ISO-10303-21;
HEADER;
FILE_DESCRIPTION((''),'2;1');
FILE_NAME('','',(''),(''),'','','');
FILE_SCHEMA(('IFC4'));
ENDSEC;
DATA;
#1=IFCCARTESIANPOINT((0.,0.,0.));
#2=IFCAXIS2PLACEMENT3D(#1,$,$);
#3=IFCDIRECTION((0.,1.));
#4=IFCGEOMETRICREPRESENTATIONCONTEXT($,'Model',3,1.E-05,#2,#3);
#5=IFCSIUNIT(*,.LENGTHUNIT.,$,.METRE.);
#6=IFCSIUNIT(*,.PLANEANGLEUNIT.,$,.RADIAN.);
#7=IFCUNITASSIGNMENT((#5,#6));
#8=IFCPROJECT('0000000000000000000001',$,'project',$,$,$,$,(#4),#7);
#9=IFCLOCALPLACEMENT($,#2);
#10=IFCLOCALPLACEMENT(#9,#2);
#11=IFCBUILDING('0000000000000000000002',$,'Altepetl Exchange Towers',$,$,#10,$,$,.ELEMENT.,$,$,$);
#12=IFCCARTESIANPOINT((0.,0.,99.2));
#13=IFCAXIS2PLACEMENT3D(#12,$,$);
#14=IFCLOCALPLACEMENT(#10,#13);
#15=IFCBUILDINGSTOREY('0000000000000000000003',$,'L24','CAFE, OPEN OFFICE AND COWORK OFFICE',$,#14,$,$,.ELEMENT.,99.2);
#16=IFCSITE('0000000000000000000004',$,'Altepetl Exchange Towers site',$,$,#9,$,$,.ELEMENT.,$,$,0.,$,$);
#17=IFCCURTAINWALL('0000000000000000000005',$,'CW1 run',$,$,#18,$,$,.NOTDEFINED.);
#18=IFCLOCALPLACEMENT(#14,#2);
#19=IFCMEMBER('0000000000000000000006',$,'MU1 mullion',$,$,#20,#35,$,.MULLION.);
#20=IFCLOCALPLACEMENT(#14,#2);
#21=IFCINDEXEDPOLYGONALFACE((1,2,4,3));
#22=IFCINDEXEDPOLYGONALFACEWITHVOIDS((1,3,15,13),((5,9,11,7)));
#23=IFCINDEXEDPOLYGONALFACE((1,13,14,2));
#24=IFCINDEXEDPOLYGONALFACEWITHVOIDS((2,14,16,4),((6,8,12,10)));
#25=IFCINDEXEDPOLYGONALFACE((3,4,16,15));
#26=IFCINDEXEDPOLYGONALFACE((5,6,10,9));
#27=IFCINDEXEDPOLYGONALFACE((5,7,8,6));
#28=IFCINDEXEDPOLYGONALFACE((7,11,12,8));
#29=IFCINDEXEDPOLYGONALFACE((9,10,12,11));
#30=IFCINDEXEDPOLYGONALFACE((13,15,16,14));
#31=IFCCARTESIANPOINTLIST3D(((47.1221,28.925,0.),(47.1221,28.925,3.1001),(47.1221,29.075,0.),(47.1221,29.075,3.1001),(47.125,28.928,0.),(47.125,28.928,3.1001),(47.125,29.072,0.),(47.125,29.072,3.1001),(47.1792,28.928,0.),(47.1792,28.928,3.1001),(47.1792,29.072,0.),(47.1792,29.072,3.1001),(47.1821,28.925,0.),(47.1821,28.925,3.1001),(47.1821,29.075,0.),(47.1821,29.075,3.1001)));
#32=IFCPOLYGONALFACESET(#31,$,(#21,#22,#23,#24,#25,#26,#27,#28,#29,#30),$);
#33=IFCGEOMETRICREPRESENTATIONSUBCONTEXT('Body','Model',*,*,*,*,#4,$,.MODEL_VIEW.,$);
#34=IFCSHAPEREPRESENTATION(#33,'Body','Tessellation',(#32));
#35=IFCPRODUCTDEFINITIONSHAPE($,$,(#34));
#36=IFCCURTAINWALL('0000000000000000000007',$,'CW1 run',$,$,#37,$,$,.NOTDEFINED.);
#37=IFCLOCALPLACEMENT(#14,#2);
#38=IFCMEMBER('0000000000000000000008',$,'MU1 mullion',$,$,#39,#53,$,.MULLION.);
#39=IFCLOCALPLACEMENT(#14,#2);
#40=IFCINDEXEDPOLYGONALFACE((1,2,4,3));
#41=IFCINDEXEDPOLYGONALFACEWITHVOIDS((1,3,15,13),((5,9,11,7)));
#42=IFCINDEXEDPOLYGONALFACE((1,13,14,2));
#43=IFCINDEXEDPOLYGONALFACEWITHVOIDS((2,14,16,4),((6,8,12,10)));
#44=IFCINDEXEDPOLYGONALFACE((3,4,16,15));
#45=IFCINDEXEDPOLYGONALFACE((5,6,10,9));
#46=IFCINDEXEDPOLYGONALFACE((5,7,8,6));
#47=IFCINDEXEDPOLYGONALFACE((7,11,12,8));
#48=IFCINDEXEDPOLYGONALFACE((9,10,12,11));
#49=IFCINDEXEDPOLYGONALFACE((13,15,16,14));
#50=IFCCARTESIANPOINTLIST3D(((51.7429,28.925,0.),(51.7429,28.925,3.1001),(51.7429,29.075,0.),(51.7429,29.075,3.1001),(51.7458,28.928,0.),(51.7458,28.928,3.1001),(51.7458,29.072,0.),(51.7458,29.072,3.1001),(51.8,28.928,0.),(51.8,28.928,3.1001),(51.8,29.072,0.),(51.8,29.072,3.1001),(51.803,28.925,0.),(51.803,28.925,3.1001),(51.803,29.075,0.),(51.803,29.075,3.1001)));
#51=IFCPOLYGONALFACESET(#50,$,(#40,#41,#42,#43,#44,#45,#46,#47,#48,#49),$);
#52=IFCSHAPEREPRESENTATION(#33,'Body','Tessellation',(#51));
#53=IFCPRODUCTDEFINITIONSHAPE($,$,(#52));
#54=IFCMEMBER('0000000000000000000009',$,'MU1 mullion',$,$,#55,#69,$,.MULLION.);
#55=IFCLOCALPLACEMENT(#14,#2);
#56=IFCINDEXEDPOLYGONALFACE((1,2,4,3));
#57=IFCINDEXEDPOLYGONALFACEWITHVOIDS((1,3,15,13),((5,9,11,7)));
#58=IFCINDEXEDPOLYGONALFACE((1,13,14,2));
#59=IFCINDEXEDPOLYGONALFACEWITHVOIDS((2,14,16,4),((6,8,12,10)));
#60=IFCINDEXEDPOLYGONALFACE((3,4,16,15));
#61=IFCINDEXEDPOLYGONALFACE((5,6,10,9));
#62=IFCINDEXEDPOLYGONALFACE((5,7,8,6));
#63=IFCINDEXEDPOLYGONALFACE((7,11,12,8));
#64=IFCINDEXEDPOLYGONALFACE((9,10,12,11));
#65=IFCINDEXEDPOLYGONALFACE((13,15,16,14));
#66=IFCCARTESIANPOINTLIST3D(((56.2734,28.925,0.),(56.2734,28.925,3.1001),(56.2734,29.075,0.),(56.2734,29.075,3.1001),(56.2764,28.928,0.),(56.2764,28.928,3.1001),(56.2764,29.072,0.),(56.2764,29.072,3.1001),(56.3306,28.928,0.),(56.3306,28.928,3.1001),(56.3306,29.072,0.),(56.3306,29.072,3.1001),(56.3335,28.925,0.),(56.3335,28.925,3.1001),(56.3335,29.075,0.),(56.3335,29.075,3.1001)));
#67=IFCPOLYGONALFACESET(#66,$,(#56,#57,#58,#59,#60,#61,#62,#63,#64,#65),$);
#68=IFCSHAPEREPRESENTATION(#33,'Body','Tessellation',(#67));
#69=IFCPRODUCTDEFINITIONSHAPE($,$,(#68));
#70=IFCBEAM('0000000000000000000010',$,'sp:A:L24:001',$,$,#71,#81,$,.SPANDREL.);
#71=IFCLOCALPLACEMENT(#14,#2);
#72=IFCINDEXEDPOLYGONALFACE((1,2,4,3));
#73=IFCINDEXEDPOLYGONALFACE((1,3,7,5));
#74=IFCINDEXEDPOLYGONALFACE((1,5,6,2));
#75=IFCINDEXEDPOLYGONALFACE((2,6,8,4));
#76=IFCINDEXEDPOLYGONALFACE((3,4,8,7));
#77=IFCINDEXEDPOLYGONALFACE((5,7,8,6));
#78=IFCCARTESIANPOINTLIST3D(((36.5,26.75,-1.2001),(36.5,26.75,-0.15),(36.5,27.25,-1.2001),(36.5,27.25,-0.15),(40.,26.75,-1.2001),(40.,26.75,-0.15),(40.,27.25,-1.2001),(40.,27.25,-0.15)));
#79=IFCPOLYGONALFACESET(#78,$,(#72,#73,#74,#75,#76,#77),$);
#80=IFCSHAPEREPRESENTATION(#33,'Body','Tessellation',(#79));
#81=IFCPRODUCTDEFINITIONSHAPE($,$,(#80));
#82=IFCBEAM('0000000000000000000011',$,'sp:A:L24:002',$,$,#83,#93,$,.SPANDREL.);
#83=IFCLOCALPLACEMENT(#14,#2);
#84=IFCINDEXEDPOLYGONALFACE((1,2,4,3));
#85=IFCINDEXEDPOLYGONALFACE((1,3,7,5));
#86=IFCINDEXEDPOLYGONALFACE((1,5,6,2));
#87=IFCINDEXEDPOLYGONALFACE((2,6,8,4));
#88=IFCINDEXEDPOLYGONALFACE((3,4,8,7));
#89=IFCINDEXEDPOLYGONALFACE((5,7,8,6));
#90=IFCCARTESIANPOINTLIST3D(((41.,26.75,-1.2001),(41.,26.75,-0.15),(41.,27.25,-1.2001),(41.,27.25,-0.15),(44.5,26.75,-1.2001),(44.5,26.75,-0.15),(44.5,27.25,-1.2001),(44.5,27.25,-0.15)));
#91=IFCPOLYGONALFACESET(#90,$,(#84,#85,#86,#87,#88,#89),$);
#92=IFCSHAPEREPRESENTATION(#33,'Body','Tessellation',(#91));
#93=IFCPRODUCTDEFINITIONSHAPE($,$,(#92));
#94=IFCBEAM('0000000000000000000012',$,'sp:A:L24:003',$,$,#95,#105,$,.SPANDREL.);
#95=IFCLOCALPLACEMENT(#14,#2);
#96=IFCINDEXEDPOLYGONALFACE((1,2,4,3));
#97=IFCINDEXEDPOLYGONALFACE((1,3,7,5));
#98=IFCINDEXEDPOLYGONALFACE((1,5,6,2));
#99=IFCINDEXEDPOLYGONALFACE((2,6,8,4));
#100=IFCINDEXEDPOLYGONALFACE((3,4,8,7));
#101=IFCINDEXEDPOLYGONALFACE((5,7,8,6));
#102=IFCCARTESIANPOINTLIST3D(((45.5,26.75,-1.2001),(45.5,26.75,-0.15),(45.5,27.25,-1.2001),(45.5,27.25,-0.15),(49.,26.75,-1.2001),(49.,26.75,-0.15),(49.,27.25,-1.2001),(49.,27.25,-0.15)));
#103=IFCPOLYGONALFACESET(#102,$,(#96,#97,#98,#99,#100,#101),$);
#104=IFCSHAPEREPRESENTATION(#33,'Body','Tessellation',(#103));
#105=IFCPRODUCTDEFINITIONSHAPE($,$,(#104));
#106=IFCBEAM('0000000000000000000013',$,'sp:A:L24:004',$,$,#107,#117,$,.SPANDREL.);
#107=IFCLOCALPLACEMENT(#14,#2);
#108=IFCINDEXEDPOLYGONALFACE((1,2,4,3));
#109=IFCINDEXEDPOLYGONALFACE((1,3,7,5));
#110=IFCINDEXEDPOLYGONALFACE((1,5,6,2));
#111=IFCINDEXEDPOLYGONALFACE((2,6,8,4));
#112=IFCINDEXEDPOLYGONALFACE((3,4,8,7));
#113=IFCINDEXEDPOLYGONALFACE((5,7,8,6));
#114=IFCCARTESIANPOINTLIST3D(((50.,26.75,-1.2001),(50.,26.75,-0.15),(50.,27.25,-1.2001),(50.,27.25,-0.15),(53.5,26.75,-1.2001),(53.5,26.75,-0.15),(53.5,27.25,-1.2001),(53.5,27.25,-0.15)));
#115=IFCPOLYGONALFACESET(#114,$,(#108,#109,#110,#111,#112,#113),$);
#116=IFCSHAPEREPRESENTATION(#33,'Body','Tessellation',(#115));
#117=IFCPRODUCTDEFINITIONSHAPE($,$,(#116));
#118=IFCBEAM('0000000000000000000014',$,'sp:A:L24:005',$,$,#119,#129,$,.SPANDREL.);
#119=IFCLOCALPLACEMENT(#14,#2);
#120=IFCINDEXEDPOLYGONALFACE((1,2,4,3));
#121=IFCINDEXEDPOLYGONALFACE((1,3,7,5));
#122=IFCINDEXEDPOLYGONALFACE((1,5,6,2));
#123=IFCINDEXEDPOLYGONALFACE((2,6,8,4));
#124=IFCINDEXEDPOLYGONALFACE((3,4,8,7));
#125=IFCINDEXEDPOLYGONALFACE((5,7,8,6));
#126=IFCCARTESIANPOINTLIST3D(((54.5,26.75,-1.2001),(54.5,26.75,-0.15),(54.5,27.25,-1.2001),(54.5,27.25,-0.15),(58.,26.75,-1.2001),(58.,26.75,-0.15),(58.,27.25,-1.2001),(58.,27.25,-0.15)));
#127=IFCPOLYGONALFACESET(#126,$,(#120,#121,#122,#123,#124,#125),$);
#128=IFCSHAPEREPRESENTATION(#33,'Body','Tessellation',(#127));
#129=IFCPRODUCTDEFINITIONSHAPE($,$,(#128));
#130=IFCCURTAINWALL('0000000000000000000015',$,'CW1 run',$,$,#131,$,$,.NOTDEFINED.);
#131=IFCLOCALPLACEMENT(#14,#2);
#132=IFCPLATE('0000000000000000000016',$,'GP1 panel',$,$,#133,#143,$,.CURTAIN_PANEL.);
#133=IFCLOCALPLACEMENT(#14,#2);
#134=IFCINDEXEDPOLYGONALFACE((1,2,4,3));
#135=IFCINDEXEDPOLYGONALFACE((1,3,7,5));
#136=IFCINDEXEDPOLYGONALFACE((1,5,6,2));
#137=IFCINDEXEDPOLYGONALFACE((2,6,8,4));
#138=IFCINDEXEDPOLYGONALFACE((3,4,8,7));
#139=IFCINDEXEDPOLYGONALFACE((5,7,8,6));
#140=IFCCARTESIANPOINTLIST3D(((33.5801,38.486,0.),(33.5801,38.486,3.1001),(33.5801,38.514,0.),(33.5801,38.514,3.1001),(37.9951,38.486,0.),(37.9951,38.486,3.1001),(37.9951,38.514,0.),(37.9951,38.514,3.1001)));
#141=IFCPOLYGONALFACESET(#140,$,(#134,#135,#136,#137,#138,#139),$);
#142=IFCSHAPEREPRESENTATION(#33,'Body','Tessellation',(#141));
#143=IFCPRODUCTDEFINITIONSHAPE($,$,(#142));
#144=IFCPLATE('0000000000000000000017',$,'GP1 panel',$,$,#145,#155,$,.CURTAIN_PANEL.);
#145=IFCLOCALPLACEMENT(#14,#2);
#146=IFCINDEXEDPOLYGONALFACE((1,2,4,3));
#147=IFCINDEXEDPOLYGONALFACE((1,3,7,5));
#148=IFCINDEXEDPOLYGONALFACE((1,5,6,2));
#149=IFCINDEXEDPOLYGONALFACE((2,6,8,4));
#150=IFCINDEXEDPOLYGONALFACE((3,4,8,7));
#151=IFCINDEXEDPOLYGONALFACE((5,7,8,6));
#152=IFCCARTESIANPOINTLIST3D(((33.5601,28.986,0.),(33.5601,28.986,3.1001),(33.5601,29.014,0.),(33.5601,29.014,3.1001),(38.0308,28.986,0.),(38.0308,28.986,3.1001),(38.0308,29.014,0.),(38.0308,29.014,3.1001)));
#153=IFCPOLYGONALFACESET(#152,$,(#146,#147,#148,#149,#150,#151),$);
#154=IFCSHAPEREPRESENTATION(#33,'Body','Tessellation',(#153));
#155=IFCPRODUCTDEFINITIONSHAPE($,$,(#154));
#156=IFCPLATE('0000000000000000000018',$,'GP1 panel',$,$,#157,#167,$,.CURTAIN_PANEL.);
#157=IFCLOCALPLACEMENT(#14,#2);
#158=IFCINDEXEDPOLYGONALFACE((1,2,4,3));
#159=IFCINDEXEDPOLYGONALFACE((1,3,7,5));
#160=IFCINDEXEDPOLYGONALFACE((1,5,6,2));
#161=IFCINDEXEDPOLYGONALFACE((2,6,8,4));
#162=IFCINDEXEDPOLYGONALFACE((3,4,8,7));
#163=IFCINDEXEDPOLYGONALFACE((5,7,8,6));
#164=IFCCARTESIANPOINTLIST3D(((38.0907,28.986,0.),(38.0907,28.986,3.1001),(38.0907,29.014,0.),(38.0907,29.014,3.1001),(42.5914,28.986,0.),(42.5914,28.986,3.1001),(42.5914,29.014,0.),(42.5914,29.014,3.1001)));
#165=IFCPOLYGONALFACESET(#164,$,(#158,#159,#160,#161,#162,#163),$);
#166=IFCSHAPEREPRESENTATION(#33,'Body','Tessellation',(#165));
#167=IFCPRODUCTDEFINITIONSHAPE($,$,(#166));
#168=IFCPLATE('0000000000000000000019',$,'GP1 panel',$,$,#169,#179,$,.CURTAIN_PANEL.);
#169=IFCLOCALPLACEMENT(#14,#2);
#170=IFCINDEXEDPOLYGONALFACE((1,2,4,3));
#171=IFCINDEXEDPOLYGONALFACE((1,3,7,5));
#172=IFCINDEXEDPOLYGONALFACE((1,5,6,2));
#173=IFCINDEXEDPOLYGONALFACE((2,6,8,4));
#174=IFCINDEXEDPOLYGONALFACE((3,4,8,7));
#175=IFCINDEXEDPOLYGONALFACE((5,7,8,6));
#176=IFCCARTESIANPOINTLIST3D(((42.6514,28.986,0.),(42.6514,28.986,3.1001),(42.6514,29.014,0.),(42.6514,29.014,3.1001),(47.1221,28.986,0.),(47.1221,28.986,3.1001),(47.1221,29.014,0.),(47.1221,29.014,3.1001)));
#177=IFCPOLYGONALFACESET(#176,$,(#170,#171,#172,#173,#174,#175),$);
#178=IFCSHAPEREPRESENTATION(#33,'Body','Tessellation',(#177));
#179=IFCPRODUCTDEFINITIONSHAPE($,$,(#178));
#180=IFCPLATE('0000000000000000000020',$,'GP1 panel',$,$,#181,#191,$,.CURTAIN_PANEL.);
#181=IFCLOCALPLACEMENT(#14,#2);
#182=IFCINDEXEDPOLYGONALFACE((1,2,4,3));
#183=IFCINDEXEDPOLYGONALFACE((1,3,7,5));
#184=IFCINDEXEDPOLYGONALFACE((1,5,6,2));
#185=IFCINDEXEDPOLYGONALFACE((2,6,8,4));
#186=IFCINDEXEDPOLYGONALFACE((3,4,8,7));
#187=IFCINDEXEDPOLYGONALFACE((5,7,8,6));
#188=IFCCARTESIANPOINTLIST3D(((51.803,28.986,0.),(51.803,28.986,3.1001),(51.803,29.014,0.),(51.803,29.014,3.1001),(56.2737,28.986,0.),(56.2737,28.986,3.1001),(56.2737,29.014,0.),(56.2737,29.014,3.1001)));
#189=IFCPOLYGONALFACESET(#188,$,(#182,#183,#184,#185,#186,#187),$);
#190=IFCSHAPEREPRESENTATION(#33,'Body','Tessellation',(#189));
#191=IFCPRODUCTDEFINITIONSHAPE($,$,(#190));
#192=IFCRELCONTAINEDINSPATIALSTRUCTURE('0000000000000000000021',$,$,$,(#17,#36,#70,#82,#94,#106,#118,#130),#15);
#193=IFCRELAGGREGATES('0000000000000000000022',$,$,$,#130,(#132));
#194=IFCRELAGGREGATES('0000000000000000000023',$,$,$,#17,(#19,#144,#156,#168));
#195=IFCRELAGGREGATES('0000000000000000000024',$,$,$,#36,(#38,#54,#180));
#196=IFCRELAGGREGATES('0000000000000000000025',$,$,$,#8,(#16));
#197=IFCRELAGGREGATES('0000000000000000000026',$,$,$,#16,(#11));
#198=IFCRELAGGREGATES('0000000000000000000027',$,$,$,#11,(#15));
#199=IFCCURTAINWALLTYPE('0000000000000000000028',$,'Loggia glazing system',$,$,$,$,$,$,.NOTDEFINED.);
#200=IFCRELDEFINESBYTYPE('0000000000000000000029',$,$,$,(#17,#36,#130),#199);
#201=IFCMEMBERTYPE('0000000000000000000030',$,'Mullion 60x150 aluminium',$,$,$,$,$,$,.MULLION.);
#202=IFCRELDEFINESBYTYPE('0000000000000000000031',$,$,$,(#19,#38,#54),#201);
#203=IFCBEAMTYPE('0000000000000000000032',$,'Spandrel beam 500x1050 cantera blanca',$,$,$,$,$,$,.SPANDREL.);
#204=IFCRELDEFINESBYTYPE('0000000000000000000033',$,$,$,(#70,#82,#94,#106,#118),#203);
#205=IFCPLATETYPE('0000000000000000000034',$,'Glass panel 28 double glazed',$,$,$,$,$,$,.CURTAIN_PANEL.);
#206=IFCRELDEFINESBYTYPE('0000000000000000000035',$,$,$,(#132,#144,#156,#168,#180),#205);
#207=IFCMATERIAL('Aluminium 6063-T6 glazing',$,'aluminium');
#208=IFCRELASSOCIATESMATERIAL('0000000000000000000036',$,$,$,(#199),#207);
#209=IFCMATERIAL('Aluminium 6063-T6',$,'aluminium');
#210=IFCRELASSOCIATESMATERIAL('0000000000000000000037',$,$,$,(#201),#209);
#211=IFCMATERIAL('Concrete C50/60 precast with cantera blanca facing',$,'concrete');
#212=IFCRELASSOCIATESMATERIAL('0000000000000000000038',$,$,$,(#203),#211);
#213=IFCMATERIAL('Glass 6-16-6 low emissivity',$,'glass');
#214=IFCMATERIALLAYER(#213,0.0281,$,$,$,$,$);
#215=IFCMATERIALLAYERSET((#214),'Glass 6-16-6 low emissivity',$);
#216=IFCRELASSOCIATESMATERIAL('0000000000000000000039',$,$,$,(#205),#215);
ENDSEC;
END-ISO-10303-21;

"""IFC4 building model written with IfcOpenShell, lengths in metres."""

from ifc_helpers import new_model, si_unit, direction, frame, origin, origin_2d, place, context, subcontext, project, spatial, rectangle, hollow_rectangle, extrude, material, layer, layer_set, material_profile, profile_set, type_object, element, aggregate, save


model = new_model("IFC4")

# Units and contexts
model_context = context("Model", 3, precision=1e-05, world=origin(), true_north=direction((0.0, 1.0)))
body_context = subcontext(model_context, "Body", "Model", "MODEL_VIEW")
ifc_project = project(units=[si_unit("LENGTHUNIT", "METRE"), si_unit("PLANEANGLEUNIT", "RADIAN")], contexts=[model_context])

# Site, building, storey
site_placement = place(None, origin())
site = spatial("IfcSite", under=ifc_project, at=site_placement, Name="Altepetl Exchange Towers site", CompositionType="ELEMENT", RefElevation=0.0)
building_placement = place(site_placement, origin())
building = spatial("IfcBuilding", under=site, at=building_placement, Name="Altepetl Exchange Towers", CompositionType="ELEMENT")
storey_placement = place(building_placement, frame((0.0, 0.0, 99.2)))
storey = spatial("IfcBuildingStorey", under=building, at=storey_placement, Name="L24", Description="CAFE, OPEN OFFICE AND COWORK OFFICE", CompositionType="ELEMENT", Elevation=99.2)

# Curtain walls, members
ifc_material_1 = material(Name="Aluminium 6063-T6 glazing", Category="aluminium")
curtain_wall_type = type_object("IfcCurtainWallType", Name="Loggia glazing system", PredefinedType="NOTDEFINED", material=ifc_material_1)
curtain_wall_1_placement = place(storey_placement, origin())
curtain_wall_1 = element("IfcCurtainWall", 1, at=curtain_wall_1_placement, inside=storey, type_object=curtain_wall_type, Name="CW1 run", PredefinedType="NOTDEFINED")
ifc_material_2 = material(Name="Aluminium 6063-T6", Category="aluminium")
ifc_material_profile_1 = material_profile(ifc_material_2, hollow_rectangle(XDim=0.0601, YDim=0.1499, WallThickness=0.0029, at=origin_2d()), Name="Mullion 60x150 aluminium")
ifc_profile_set_1 = profile_set([ifc_material_profile_1], Name="Aluminium 6063-T6")
member_type = type_object("IfcMemberType", Name="Mullion 60x150 aluminium", PredefinedType="MULLION", material=ifc_profile_set_1)
member_1_placement = place(storey_placement, frame((47.1521, 29.0, 0.0)))
member_1 = element("IfcMember", 2, at=member_1_placement, type_object=member_type, Name="MU1 mullion", PredefinedType="MULLION", context=body_context, shape_type="SweptSolid", body=[
    extrude(hollow_rectangle(XDim=0.0601, YDim=0.1499, WallThickness=0.0029, at=origin_2d()), origin(), (0.0, 0.0, 1.0), 3.1001),
])
curtain_wall_2_placement = place(storey_placement, origin())
curtain_wall_2 = element("IfcCurtainWall", 3, at=curtain_wall_2_placement, inside=storey, type_object=curtain_wall_type, Name="CW1 run", PredefinedType="NOTDEFINED")
member_2_placement = place(storey_placement, frame((51.7729, 29.0, 0.0)))
member_2 = element("IfcMember", 4, at=member_2_placement, type_object=member_type, Name="MU1 mullion", PredefinedType="MULLION", context=body_context, shape_type="SweptSolid", body=[
    extrude(hollow_rectangle(XDim=0.0601, YDim=0.1499, WallThickness=0.0029, at=origin_2d()), origin(), (0.0, 0.0, 1.0), 3.1001),
])
member_3_placement = place(storey_placement, frame((56.3035, 29.0, 0.0)))
member_3 = element("IfcMember", 5, at=member_3_placement, type_object=member_type, Name="MU1 mullion", PredefinedType="MULLION", context=body_context, shape_type="SweptSolid", body=[
    extrude(hollow_rectangle(XDim=0.0601, YDim=0.1499, WallThickness=0.0029, at=origin_2d()), origin(), (0.0, 0.0, 1.0), 3.1001),
])

# Beams
ifc_material_3 = material(Name="Concrete C50/60 precast with cantera blanca facing", Category="concrete")
ifc_material_profile_2 = material_profile(ifc_material_3, rectangle(XDim=0.5, YDim=1.05, at=origin_2d()), Name="500 x 1050")
ifc_profile_set_2 = profile_set([ifc_material_profile_2], Name="Concrete C50/60 precast with cantera blanca facing")
beam_type_1 = type_object("IfcBeamType", Name="Spandrel beam 500x1050 cantera blanca", PredefinedType="SPANDREL", material=ifc_profile_set_2)
for number, where, z_axis, x_axis, name in (
    (6, (36.5, 27.0, -0.675), (1.0, 0.0, 0.0), (0.0, 1.0, 0.0), "sp:A:L24:001"),
    (7, (41.0, 27.0, -0.675), (1.0, 0.0, 0.0), (0.0, 1.0, 0.0), "sp:A:L24:002"),
    (8, (45.5, 27.0, -0.675), (1.0, 0.0, 0.0), (0.0, 1.0, 0.0), "sp:A:L24:003"),
    (9, (50.0, 27.0, -0.675), (1.0, 0.0, 0.0), (0.0, 1.0, 0.0), "sp:A:L24:004"),
    (10, (54.5, 27.0, -0.675), (1.0, 0.0, 0.0), (0.0, 1.0, 0.0), "sp:A:L24:005"),
):
    element("IfcBeam", number, at=place(storey_placement, frame(where, z_axis=z_axis, x_axis=x_axis)), inside=storey, type_object=beam_type_1, Name=name, PredefinedType="SPANDREL", context=body_context, shape_type="SweptSolid", body=[
        extrude(rectangle(XDim=0.5, YDim=1.05, at=origin_2d()), origin(), (0.0, 0.0, 1.0), 3.5),
    ])

# Curtain wall, plate
curtain_wall_3_placement = place(storey_placement, origin())
curtain_wall_3 = element("IfcCurtainWall", 11, at=curtain_wall_3_placement, inside=storey, type_object=curtain_wall_type, Name="CW1 run", PredefinedType="NOTDEFINED")
ifc_material_4 = material(Name="Glass 6-16-6 low emissivity", Category="glass")
ifc_layer_1 = layer(ifc_material_4, 0.0281)
ifc_layer_set_1 = layer_set([ifc_layer_1], Name="Glass 6-16-6 low emissivity")
plate_type = type_object("IfcPlateType", Name="Glass panel 28 double glazed", PredefinedType="CURTAIN_PANEL", material=ifc_layer_set_1)
plate_1_placement = place(storey_placement, frame((35.7876, 38.5, 0.0), z_axis=(0.0, 0.0, 1.0), x_axis=(-1.0, 0.0, 0.0)))
plate_1 = element("IfcPlate", 12, at=plate_1_placement, type_object=plate_type, Name="GP1 panel", PredefinedType="CURTAIN_PANEL", context=body_context, shape_type="SweptSolid", body=[
    extrude(rectangle(XDim=4.415, YDim=0.0281, at=origin_2d()), origin(), (0.0, 0.0, 1.0), 3.1001),
])
aggregate(curtain_wall_3, [plate_1])

# Plates
plate_2_placement = place(storey_placement, frame((35.7954, 29.0, 0.0)))
plate_2 = element("IfcPlate", 13, at=plate_2_placement, type_object=plate_type, Name="GP1 panel", PredefinedType="CURTAIN_PANEL", context=body_context, shape_type="SweptSolid", body=[
    extrude(rectangle(XDim=4.4707, YDim=0.0281, at=origin_2d()), origin(), (0.0, 0.0, 1.0), 3.1001),
])
plate_3_placement = place(storey_placement, frame((40.3411, 29.0, 0.0)))
plate_3 = element("IfcPlate", 14, at=plate_3_placement, type_object=plate_type, Name="GP1 panel", PredefinedType="CURTAIN_PANEL", context=body_context, shape_type="SweptSolid", body=[
    extrude(rectangle(XDim=4.5007, YDim=0.0281, at=origin_2d()), origin(), (0.0, 0.0, 1.0), 3.1001),
])
plate_4_placement = place(storey_placement, frame((44.8867, 29.0, 0.0)))
plate_4 = element("IfcPlate", 15, at=plate_4_placement, type_object=plate_type, Name="GP1 panel", PredefinedType="CURTAIN_PANEL", context=body_context, shape_type="SweptSolid", body=[
    extrude(rectangle(XDim=4.4707, YDim=0.0281, at=origin_2d()), origin(), (0.0, 0.0, 1.0), 3.1001),
])
aggregate(curtain_wall_1, [member_1, plate_2, plate_3, plate_4])
plate_5_placement = place(storey_placement, frame((54.0383, 29.0, 0.0)))
plate_5 = element("IfcPlate", 16, at=plate_5_placement, type_object=plate_type, Name="GP1 panel", PredefinedType="CURTAIN_PANEL", context=body_context, shape_type="SweptSolid", body=[
    extrude(rectangle(XDim=4.4707, YDim=0.0281, at=origin_2d()), origin(), (0.0, 0.0, 1.0), 3.1001),
])
aggregate(curtain_wall_2, [member_2, member_3, plate_5])

save(model, "model.ifc")
